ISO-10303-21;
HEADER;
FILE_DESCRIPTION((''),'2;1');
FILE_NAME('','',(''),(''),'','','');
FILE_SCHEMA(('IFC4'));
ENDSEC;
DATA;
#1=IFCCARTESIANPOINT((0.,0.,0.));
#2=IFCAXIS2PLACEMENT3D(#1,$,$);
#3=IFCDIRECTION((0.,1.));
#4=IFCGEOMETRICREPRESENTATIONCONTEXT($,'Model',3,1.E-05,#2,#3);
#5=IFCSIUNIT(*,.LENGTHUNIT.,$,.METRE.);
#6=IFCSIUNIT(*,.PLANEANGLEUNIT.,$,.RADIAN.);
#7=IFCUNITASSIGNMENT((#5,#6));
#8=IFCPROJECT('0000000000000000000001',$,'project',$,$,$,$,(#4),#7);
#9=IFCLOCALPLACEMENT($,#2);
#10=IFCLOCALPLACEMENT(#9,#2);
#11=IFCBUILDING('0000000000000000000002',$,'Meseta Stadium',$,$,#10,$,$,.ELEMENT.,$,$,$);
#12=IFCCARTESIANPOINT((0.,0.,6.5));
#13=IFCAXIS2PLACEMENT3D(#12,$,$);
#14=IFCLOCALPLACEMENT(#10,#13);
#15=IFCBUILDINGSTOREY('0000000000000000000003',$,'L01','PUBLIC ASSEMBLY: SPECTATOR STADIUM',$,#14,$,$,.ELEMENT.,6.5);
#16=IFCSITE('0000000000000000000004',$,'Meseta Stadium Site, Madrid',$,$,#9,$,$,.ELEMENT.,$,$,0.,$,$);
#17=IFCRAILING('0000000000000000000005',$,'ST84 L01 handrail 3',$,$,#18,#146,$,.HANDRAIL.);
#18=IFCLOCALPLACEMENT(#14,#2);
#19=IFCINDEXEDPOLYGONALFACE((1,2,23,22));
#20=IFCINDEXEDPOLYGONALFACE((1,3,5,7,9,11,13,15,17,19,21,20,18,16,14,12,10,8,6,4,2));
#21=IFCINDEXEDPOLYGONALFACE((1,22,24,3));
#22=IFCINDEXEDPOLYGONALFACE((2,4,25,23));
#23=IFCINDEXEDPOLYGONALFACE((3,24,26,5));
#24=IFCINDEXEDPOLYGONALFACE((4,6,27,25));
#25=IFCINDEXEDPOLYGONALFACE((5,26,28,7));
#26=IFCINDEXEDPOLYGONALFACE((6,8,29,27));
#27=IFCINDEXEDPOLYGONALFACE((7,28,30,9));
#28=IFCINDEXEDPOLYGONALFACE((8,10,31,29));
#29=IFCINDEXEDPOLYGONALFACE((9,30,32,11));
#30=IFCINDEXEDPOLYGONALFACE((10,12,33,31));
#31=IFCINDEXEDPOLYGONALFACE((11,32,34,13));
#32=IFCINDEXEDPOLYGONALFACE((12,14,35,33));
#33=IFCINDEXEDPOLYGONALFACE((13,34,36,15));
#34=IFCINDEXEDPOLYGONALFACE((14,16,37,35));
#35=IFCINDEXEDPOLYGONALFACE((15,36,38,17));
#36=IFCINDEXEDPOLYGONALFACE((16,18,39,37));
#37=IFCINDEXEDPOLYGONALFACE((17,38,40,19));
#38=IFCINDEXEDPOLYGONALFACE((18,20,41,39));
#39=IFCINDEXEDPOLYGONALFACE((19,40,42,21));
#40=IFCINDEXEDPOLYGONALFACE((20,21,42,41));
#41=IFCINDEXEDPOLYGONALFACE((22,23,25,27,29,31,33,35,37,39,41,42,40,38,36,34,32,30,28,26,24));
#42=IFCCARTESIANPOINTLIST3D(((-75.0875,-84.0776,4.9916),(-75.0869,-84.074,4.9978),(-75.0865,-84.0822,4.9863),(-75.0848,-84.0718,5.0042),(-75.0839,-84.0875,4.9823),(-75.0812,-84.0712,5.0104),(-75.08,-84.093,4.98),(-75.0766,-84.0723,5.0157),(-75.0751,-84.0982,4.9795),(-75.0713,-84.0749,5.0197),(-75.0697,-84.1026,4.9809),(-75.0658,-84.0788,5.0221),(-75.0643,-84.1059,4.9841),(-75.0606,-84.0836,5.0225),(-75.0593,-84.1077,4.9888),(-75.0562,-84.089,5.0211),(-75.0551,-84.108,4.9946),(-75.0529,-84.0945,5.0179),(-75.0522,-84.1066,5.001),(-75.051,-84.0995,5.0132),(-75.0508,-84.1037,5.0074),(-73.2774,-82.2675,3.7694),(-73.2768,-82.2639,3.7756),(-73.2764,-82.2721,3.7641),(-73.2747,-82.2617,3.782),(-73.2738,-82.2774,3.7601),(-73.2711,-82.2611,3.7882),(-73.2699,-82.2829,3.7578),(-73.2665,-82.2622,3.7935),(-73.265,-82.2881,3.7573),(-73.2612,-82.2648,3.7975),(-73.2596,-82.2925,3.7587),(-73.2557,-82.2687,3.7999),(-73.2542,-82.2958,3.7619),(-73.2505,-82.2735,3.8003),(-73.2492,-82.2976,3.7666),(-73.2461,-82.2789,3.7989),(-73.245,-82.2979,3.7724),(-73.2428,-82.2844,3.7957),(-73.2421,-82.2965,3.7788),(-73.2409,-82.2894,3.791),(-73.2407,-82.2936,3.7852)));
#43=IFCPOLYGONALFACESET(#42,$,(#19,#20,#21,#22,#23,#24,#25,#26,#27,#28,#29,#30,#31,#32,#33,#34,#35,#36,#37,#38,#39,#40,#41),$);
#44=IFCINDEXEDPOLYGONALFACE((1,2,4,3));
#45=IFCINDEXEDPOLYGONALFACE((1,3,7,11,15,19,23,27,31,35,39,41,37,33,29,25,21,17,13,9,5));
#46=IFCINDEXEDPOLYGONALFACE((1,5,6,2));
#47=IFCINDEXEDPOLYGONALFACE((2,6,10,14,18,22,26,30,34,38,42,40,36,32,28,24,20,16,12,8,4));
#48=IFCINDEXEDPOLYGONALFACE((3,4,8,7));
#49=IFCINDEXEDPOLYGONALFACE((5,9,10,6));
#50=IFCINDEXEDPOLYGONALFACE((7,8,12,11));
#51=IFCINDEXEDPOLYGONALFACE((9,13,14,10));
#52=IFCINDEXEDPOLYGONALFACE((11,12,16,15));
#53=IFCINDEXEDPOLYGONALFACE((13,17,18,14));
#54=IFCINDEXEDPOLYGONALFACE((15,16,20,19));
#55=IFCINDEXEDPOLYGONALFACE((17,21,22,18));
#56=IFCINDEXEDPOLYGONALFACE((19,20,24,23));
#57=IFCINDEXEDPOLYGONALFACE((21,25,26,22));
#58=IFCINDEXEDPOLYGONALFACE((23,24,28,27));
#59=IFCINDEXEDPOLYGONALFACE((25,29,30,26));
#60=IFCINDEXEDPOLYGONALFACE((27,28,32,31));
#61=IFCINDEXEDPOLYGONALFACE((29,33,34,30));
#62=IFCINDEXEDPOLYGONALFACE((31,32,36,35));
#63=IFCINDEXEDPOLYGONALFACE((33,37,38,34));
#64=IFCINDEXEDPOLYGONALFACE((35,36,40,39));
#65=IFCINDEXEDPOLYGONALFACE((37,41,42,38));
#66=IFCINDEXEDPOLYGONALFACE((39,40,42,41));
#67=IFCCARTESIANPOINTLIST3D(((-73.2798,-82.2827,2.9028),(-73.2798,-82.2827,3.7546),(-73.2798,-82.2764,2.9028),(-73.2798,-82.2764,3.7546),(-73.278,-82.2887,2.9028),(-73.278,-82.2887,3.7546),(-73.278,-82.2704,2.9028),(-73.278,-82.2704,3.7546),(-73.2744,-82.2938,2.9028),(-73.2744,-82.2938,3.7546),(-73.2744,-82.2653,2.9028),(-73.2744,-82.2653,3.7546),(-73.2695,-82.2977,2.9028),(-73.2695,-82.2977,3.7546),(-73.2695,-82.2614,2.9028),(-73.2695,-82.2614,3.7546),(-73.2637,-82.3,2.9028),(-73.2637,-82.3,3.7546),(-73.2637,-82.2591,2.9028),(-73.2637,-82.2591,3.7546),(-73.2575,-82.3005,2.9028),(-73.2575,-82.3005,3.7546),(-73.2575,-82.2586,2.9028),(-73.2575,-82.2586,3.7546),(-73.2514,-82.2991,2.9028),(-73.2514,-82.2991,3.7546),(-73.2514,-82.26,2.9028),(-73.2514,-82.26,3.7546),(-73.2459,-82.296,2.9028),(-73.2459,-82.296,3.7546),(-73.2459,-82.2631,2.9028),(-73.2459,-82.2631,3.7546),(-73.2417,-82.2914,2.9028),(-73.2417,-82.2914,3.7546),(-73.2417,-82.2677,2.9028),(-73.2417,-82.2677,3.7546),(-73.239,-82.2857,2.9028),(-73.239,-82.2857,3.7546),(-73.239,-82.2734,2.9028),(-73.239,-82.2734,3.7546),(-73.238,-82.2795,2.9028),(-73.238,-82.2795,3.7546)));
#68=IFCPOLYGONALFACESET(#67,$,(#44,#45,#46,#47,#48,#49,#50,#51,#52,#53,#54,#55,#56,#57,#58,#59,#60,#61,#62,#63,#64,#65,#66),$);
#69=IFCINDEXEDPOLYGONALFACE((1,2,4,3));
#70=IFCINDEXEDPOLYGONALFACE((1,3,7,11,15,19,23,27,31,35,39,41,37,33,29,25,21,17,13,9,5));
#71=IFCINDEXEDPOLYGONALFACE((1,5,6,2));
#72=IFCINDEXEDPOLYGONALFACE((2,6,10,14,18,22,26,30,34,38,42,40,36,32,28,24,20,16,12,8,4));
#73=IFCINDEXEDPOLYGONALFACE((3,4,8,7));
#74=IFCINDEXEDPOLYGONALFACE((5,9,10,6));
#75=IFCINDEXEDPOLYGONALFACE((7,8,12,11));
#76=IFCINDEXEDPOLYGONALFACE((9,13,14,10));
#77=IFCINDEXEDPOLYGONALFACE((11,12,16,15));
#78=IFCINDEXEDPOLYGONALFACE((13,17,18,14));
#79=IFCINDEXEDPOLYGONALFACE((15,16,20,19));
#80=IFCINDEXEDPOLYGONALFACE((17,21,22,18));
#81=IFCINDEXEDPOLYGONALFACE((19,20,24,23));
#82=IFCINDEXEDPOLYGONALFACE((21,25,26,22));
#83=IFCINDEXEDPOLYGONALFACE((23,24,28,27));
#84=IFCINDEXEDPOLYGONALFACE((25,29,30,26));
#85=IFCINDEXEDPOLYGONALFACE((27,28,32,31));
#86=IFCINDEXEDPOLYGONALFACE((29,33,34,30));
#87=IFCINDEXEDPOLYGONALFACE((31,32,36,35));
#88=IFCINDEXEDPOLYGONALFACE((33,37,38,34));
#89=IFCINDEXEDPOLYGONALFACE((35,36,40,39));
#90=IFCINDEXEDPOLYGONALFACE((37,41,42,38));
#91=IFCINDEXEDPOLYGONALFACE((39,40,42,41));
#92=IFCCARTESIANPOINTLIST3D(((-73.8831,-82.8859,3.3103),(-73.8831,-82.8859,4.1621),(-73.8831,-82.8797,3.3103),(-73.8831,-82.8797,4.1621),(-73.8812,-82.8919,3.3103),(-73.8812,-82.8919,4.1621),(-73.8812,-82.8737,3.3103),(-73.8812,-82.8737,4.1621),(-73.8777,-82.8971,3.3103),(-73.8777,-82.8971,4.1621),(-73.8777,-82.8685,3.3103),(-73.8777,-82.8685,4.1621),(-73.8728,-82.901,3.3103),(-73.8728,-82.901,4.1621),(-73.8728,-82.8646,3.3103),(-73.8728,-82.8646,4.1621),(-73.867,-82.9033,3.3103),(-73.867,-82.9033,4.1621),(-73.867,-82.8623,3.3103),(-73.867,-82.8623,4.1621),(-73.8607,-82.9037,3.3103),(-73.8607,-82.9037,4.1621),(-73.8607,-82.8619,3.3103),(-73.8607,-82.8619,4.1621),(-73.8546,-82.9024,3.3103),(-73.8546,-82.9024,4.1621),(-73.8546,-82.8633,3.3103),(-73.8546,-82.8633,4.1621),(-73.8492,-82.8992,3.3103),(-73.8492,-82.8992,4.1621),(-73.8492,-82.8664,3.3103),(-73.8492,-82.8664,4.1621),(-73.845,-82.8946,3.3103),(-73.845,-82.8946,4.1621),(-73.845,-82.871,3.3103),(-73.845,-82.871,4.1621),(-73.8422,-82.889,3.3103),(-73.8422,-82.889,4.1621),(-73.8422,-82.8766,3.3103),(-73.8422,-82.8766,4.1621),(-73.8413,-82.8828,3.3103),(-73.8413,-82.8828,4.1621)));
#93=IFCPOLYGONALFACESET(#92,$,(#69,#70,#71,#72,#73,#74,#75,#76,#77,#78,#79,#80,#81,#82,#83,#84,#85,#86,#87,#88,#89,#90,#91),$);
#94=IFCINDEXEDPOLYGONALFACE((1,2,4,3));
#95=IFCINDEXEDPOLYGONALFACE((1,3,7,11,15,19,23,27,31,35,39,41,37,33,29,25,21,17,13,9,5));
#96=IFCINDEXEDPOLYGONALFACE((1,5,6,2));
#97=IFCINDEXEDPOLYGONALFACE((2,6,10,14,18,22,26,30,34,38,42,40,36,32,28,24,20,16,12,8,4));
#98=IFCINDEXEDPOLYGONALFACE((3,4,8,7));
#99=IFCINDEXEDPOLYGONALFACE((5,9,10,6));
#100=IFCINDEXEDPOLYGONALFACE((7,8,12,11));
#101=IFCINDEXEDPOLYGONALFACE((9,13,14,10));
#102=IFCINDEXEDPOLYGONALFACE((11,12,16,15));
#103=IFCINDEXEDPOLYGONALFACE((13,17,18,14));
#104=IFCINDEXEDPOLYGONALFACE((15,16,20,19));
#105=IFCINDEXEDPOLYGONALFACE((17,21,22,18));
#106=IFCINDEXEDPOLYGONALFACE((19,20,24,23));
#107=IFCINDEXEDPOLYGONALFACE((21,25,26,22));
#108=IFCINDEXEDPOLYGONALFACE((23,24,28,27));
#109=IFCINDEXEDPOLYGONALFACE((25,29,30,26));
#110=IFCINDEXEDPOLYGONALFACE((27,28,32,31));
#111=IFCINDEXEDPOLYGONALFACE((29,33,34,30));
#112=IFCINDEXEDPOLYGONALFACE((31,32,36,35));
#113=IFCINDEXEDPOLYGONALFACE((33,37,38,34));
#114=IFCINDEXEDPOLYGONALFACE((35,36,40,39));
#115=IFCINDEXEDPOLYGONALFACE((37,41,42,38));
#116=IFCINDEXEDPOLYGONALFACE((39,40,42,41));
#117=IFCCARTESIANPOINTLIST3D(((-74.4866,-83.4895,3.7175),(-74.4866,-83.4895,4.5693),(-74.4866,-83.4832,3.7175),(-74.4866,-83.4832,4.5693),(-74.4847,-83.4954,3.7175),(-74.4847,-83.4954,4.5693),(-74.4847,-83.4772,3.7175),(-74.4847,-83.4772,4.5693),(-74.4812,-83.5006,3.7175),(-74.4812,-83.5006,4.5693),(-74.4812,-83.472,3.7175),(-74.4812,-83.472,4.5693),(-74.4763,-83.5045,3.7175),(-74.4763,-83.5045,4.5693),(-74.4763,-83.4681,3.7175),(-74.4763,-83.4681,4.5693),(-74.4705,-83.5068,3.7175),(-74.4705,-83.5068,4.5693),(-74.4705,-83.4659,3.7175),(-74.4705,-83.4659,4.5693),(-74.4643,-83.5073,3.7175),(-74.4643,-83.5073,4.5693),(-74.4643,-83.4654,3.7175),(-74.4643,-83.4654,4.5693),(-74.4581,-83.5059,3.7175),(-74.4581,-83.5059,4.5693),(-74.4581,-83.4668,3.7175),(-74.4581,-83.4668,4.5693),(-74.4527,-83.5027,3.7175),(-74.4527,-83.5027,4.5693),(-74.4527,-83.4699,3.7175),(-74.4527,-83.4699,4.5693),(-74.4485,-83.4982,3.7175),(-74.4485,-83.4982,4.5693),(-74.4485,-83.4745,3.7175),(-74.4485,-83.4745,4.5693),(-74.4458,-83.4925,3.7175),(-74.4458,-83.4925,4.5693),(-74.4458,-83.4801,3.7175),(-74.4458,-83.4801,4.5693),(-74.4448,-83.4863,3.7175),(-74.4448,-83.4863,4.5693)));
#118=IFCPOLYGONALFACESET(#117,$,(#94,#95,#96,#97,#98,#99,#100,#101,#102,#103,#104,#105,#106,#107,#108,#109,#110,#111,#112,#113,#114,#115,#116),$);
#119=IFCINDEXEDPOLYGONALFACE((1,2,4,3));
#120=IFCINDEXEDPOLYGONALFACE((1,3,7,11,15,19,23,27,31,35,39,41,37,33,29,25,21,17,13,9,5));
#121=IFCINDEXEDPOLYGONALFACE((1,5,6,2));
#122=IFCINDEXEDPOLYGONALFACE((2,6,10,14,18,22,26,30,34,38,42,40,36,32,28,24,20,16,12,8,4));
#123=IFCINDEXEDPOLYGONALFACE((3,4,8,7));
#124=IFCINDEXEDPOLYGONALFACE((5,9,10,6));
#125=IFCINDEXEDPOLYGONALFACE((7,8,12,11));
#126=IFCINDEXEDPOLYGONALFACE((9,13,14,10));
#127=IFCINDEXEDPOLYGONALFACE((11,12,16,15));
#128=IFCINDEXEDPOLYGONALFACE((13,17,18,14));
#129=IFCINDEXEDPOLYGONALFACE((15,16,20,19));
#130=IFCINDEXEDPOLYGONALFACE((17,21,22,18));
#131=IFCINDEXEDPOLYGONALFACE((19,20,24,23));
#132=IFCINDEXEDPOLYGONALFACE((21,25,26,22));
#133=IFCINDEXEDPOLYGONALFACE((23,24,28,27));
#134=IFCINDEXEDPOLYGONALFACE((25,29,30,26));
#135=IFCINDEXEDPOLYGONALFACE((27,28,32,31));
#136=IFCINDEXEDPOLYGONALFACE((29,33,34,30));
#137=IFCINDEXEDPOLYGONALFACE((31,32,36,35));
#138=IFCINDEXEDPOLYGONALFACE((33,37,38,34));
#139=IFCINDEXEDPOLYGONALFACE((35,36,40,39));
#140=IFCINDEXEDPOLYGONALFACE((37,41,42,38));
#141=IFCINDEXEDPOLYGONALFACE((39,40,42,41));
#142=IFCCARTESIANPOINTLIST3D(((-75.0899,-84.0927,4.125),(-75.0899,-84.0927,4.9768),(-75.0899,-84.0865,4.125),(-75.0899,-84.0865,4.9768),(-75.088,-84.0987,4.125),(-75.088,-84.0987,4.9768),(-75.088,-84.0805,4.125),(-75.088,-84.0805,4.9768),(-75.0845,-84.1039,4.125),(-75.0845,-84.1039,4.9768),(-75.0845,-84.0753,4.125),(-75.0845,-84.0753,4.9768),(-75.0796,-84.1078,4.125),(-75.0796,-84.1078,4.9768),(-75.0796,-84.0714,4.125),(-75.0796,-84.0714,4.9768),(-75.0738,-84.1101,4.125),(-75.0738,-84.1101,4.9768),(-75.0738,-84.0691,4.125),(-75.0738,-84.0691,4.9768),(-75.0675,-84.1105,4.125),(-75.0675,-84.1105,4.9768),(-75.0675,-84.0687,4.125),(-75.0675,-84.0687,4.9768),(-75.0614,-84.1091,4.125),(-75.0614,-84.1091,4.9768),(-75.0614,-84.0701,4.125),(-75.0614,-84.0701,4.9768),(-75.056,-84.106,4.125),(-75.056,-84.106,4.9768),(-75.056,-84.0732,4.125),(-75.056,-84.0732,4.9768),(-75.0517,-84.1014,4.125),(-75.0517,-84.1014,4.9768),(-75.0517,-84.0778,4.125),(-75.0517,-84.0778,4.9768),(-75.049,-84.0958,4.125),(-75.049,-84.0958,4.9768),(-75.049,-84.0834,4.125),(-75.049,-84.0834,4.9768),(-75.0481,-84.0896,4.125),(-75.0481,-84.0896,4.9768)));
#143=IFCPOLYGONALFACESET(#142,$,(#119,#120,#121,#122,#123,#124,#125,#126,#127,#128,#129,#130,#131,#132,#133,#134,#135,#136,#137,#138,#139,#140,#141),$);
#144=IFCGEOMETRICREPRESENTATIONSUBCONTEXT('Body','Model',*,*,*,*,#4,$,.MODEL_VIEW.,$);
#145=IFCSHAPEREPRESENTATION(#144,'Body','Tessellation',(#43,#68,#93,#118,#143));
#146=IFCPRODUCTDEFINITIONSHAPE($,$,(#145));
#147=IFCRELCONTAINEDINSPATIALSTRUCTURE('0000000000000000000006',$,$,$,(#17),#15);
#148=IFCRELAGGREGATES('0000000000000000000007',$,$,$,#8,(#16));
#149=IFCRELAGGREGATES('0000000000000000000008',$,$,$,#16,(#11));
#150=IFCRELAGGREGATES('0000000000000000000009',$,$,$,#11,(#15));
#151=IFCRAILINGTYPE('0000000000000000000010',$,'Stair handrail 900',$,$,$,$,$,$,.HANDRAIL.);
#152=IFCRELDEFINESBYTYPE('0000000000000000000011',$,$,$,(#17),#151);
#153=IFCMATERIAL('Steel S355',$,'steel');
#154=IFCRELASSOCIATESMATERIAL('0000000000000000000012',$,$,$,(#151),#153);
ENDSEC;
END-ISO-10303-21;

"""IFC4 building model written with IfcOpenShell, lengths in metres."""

from ifc_helpers import new_model, si_unit, direction, frame, origin, origin_2d, place, context, subcontext, project, spatial, circle, extrude, material, type_object, element, save


model = new_model("IFC4")

# Units and contexts
model_context = context("Model", 3, precision=1e-05, world=origin(), true_north=direction((0.0, 1.0)))
body_context = subcontext(model_context, "Body", "Model", "MODEL_VIEW")
ifc_project = project(units=[si_unit("LENGTHUNIT", "METRE"), si_unit("PLANEANGLEUNIT", "RADIAN")], contexts=[model_context])

# Site, building, storey
site_placement = place(None, origin())
site = spatial("IfcSite", under=ifc_project, at=site_placement, Name="Meseta Stadium Site, Madrid", CompositionType="ELEMENT", RefElevation=0.0)
building_placement = place(site_placement, origin())
building = spatial("IfcBuilding", under=site, at=building_placement, Name="Meseta Stadium", CompositionType="ELEMENT")
storey_placement = place(building_placement, frame((0.0, 0.0, 6.5)))
storey = spatial("IfcBuildingStorey", under=building, at=storey_placement, Name="L01", Description="PUBLIC ASSEMBLY: SPECTATOR STADIUM", CompositionType="ELEMENT", Elevation=6.5)

# Railing
ifc_material_1 = material(Name="Steel S355", Category="steel")
railing_type_1 = type_object("IfcRailingType", Name="Stair handrail 900", PredefinedType="HANDRAIL", material=ifc_material_1)
for number, where, name in (
    (1, (-73.259, -82.2795, 2.9028), "ST84 L01 handrail 3"),
):
    element("IfcRailing", number, at=place(storey_placement, frame(where)), inside=storey, type_object=railing_type_1, Name=name, PredefinedType="HANDRAIL", context=body_context, shape_type="SweptSolid", body=[
        extrude(circle(Radius=0.0239, at=origin_2d()), frame((0.0, 0.0, 0.876), z_axis=(-0.638108, -0.638108, 0.430856), x_axis=(0.707107, -0.707107, 0.0)), (0.0, 0.0, 1.0), 2.8367),
        extrude(circle(Radius=0.021, at=origin_2d()), origin(), (0.0, 0.0, 1.0), 0.8518),
        extrude(circle(Radius=0.021, at=origin_2d()), frame((-0.6033, -0.6033, 0.4075)), (0.0, 0.0, 1.0), 0.8518),
        extrude(circle(Radius=0.021, at=origin_2d()), frame((-1.2068, -1.2068, 0.8147)), (0.0, 0.0, 1.0), 0.8518),
        extrude(circle(Radius=0.021, at=origin_2d()), frame((-1.8101, -1.8101, 1.2222)), (0.0, 0.0, 1.0), 0.8518),
    ])

save(model, "model.ifc")
